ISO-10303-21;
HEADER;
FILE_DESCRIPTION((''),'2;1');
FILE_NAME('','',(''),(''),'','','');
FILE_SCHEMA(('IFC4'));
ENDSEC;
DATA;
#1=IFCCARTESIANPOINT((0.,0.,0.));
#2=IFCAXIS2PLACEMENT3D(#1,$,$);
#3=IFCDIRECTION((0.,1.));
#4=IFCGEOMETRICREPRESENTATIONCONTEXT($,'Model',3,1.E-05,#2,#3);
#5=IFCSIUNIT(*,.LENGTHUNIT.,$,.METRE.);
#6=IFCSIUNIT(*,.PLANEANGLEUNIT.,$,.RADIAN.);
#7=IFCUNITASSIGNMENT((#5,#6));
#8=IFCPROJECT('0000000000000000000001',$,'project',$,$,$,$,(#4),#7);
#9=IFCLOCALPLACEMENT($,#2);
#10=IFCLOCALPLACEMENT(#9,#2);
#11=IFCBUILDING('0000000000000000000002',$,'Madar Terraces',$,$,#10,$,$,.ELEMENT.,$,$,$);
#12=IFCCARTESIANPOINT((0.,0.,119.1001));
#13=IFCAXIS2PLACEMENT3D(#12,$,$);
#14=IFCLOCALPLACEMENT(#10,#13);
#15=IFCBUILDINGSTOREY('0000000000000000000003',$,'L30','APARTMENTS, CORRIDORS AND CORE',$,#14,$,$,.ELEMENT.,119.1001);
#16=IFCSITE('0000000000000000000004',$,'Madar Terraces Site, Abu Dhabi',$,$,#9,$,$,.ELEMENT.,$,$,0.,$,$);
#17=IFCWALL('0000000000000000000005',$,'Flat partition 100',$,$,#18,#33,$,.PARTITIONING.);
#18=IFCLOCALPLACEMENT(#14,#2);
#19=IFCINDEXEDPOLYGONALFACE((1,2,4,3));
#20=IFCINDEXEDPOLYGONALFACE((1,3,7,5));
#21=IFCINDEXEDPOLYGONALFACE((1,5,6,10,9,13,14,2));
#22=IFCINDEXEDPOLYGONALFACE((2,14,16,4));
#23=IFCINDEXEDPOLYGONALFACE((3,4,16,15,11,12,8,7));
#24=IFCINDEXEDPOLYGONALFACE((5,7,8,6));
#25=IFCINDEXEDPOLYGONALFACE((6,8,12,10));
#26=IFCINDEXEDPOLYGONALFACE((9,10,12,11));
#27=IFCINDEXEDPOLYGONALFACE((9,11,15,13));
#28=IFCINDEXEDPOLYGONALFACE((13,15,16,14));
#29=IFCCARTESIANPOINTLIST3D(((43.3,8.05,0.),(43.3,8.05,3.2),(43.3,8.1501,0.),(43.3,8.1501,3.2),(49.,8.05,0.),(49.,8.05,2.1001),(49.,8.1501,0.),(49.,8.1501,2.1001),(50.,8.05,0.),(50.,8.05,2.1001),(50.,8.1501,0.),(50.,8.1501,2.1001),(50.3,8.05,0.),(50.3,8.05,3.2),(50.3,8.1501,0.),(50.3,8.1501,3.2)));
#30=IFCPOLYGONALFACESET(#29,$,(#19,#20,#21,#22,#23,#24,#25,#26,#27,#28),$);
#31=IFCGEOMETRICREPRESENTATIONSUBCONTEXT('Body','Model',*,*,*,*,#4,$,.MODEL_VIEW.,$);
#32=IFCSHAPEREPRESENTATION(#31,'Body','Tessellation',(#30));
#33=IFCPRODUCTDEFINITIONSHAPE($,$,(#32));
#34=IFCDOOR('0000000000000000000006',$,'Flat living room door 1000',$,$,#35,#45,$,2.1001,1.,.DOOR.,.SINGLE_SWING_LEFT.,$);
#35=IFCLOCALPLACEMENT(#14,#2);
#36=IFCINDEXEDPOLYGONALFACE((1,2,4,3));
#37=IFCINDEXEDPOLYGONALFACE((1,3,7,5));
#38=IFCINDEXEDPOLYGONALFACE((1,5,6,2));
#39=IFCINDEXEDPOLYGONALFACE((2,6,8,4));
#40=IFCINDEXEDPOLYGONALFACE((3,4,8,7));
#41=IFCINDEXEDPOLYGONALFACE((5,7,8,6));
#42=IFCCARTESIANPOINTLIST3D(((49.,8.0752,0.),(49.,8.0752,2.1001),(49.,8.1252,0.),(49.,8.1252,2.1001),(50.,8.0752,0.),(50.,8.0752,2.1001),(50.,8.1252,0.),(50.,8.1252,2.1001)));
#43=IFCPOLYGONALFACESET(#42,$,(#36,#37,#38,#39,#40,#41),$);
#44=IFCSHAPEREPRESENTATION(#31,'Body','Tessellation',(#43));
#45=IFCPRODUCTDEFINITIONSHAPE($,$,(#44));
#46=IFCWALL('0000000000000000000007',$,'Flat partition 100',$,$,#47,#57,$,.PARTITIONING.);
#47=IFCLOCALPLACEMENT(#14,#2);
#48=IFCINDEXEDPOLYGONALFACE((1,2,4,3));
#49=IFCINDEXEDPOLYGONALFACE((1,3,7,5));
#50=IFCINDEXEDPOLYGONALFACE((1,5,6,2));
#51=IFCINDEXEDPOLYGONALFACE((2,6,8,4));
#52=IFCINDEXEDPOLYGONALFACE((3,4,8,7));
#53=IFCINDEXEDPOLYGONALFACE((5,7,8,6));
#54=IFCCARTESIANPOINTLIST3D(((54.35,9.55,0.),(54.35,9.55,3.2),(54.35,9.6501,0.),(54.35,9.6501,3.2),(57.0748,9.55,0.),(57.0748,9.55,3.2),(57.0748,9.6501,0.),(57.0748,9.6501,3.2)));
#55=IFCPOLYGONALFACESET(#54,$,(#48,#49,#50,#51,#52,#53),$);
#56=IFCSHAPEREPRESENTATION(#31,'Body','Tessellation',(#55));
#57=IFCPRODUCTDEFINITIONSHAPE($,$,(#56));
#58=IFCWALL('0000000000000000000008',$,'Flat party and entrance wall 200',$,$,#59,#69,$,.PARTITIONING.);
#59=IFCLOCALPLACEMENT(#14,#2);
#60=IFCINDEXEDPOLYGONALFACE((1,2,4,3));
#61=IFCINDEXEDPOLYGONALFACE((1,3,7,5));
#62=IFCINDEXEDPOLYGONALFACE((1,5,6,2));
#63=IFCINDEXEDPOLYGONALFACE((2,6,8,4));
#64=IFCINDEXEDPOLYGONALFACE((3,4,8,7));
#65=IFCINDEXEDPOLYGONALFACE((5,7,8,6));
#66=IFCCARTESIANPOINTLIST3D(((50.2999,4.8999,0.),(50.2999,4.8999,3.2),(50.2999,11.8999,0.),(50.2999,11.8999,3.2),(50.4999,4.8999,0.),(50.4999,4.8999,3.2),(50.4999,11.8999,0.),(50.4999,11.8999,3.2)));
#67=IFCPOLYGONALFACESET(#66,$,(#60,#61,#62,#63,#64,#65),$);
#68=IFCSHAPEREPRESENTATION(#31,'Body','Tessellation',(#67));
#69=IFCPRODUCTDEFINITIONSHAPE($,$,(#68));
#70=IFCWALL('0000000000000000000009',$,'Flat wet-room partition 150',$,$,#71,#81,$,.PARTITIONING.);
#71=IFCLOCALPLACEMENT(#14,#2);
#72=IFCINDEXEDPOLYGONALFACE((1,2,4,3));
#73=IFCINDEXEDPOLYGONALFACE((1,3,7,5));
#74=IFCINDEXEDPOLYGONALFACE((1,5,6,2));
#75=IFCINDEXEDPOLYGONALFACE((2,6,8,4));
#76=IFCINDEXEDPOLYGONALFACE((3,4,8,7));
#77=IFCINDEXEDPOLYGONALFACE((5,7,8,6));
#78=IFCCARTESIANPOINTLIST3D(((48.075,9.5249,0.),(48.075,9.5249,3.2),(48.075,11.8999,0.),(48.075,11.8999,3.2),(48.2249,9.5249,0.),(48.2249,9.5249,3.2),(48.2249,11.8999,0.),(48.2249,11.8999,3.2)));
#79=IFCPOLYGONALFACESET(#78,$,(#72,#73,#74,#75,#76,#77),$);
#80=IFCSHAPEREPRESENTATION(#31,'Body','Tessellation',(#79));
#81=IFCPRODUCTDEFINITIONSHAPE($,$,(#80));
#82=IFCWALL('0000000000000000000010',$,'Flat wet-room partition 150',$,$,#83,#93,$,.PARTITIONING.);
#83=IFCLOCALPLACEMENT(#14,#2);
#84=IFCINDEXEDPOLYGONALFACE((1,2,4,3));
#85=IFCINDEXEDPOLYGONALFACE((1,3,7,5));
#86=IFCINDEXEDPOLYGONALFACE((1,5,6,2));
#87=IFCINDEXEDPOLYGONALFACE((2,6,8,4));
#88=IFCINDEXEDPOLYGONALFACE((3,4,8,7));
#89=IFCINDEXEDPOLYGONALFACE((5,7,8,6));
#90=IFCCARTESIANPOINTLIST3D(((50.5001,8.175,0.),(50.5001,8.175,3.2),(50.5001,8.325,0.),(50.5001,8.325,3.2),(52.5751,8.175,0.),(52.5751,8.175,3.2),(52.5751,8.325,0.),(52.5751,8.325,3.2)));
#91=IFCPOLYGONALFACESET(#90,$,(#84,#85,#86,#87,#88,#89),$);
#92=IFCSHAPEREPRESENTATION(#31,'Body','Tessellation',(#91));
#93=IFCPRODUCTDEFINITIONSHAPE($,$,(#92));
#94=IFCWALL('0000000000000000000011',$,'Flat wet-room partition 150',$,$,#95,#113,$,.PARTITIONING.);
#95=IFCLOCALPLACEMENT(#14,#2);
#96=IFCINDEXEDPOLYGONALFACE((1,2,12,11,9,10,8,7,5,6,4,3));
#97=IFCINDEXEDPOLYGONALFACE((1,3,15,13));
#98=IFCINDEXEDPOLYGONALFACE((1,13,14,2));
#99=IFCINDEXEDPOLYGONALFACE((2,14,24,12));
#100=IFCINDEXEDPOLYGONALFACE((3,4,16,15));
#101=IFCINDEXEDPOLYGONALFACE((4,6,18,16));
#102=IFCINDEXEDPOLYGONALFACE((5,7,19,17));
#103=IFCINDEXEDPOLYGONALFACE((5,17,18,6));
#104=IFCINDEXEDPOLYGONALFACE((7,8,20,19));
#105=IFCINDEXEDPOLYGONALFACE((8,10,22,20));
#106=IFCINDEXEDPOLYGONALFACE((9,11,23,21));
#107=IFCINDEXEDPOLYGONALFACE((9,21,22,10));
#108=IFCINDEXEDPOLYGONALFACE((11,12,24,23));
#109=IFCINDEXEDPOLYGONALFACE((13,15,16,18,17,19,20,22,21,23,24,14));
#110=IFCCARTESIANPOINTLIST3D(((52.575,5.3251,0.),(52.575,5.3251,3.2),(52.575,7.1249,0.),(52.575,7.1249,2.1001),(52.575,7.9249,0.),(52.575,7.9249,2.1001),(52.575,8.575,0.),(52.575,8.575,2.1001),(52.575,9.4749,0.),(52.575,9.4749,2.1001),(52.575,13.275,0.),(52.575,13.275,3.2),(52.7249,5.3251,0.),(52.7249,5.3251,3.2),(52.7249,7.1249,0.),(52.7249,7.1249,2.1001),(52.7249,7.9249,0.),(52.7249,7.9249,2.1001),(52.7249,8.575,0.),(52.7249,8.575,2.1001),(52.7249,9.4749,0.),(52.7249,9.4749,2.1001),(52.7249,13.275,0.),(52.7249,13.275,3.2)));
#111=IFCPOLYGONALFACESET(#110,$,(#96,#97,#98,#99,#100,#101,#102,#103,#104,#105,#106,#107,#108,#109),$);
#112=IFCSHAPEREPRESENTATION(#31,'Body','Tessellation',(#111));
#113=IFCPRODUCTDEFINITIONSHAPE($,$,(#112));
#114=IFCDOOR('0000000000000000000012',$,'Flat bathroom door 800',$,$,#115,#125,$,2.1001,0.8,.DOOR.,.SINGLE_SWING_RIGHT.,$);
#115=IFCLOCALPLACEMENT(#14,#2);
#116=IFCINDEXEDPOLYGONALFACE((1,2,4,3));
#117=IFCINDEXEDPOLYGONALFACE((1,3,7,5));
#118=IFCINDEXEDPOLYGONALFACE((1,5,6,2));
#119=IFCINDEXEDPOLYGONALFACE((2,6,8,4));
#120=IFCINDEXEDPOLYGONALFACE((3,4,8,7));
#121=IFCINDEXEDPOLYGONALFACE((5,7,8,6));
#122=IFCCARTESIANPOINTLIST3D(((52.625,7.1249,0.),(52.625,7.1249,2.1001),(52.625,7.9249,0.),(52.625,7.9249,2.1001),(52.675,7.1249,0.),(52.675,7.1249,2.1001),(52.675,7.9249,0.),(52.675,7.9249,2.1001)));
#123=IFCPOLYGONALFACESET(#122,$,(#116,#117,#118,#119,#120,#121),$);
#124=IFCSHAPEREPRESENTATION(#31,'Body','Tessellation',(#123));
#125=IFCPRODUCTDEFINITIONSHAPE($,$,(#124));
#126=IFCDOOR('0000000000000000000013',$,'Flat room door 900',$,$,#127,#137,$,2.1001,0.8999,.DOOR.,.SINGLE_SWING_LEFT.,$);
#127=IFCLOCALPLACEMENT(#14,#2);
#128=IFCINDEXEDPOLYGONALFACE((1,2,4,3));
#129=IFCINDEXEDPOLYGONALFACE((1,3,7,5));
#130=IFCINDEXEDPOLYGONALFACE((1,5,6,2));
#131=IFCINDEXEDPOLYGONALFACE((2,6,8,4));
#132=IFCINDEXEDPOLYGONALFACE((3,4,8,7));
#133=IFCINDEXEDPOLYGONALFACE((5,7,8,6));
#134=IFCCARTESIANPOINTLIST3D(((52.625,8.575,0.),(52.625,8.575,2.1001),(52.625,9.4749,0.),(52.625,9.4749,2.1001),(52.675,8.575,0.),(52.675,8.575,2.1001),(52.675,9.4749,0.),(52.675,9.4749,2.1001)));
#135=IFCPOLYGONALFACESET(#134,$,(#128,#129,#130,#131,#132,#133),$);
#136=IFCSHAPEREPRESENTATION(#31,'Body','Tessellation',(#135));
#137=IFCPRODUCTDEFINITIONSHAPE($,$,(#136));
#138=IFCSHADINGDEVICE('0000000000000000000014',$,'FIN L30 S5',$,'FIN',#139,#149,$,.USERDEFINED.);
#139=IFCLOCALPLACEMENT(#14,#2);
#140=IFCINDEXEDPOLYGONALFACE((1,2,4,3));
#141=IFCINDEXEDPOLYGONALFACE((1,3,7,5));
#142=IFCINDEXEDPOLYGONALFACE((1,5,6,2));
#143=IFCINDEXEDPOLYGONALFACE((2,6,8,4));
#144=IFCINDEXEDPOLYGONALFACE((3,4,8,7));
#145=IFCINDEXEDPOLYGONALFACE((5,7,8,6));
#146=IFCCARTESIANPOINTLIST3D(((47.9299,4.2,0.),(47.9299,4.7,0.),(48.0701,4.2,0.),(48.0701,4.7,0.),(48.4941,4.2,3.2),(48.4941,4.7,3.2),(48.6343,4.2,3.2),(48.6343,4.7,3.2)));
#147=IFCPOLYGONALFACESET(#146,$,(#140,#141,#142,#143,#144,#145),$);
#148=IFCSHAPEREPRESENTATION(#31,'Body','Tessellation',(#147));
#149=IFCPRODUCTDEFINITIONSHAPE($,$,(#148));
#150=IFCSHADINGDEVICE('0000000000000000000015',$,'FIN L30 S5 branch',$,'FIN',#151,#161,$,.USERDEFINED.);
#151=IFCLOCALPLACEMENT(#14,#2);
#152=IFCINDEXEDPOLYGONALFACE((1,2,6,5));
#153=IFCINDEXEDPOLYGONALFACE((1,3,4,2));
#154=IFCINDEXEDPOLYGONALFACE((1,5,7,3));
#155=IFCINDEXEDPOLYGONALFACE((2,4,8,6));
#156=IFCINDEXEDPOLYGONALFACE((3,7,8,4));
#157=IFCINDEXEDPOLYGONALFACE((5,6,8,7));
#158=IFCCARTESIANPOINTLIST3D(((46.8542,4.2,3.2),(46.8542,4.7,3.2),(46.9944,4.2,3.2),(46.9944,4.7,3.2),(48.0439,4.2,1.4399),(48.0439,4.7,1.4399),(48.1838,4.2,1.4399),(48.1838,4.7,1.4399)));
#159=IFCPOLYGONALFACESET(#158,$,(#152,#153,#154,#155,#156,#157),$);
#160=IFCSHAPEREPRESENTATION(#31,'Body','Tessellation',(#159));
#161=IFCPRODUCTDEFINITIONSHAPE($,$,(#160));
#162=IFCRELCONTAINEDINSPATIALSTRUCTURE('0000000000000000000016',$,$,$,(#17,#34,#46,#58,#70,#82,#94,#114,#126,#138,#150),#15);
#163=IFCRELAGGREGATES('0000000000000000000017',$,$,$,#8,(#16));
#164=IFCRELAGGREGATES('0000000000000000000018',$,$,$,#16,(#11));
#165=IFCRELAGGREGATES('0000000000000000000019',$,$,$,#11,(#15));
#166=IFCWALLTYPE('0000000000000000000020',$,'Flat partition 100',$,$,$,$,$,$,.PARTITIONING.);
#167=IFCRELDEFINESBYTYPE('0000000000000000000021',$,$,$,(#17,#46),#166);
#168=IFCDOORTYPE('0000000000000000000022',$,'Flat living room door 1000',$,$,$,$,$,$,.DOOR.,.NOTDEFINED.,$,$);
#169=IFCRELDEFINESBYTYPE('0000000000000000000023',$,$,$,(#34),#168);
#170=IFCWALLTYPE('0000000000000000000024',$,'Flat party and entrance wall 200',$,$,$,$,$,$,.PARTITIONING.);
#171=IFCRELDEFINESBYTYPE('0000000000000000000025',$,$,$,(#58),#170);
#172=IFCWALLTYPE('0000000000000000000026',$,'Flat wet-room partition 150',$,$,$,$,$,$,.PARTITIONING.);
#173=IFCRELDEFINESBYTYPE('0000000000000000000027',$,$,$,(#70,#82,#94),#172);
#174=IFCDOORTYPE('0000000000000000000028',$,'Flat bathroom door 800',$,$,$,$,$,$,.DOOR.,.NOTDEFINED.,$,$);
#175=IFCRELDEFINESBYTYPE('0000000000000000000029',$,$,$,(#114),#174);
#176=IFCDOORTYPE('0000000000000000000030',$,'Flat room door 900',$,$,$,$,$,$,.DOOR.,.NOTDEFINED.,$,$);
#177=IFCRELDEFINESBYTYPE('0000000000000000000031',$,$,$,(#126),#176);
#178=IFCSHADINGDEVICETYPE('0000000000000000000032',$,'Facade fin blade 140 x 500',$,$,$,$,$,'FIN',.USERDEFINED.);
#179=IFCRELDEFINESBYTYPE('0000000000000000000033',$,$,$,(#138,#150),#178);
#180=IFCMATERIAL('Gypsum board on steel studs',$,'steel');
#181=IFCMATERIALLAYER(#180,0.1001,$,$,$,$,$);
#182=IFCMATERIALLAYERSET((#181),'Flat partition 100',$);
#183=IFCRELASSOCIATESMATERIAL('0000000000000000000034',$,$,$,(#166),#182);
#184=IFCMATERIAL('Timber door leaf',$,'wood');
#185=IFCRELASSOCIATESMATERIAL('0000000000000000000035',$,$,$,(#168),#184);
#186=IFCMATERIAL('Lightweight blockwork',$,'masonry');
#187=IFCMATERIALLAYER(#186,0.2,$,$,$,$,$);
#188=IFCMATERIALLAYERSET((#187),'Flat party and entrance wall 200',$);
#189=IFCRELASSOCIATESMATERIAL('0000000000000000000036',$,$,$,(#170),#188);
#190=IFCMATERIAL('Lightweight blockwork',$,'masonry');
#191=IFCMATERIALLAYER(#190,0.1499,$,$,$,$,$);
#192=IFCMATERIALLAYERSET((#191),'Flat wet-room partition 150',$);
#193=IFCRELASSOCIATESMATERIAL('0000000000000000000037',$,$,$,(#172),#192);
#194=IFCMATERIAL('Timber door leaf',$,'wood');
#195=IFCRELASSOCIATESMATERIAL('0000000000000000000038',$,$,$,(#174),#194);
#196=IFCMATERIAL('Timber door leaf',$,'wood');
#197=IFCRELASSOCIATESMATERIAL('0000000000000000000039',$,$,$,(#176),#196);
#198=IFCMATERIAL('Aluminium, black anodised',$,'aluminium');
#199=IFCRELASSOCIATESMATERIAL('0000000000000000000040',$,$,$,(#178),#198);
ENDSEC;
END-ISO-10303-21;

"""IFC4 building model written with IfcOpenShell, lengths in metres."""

from ifc_helpers import new_model, si_unit, direction, frame, frame_2d, origin, place, context, subcontext, project, spatial, polyline, rectangle, outline, extrude, material, layer, layer_set, type_object, element, fill, save


model = new_model("IFC4")

# Units and contexts
model_context = context("Model", 3, precision=1e-05, world=origin(), true_north=direction((0.0, 1.0)))
body_context = subcontext(model_context, "Body", "Model", "MODEL_VIEW")
ifc_project = project(units=[si_unit("LENGTHUNIT", "METRE"), si_unit("PLANEANGLEUNIT", "RADIAN")], contexts=[model_context])

# Site, building, storey
site_placement = place(None, origin())
site = spatial("IfcSite", under=ifc_project, at=site_placement, Name="Madar Terraces Site, Abu Dhabi", CompositionType="ELEMENT", RefElevation=0.0)
building_placement = place(site_placement, origin())
building = spatial("IfcBuilding", under=site, at=building_placement, Name="Madar Terraces", CompositionType="ELEMENT")
storey_placement = place(building_placement, frame((0.0, 0.0, 119.1001)))
storey = spatial("IfcBuildingStorey", under=building, at=storey_placement, Name="L30", Description="APARTMENTS, CORRIDORS AND CORE", CompositionType="ELEMENT", Elevation=119.1001)

# Wall, opening, door
ifc_material_1 = material(Name="Gypsum board on steel studs", Category="steel")
ifc_layer_1 = layer(ifc_material_1, 0.1001)
ifc_layer_set_1 = layer_set([ifc_layer_1], Name="Flat partition 100")
wall_type_1 = type_object("IfcWallType", Name="Flat partition 100", PredefinedType="PARTITIONING", material=ifc_layer_set_1)
wall_1_placement = place(storey_placement, frame((50.3, 8.1001, 0.0), z_axis=(0.0, 0.0, 1.0), x_axis=(-1.0, 0.0, 0.0)))
wall_1 = element("IfcWall", 1, at=wall_1_placement, inside=storey, type_object=wall_type_1, Name="Flat partition 100", PredefinedType="PARTITIONING", context=body_context, shape_type="SweptSolid", body=[
    extrude(rectangle(XDim=7.0, YDim=0.1001, at=frame_2d((3.5, 0.0))), origin(), (0.0, 0.0, 1.0), 3.2),
])
opening_1_placement = place(wall_1_placement, frame((0.3, 0.0, 0.0)))
opening_1 = element("IfcOpeningElement", 2, at=opening_1_placement, cuts=wall_1, PredefinedType="OPENING", context=body_context, shape_type="SweptSolid", body=[
    extrude(rectangle(XDim=1.0, YDim=2.1001, at=frame_2d((0.5, 1.05))), frame((0.0, 0.0601, 0.0), z_axis=(0.0, -1.0, 0.0), x_axis=(1.0, 0.0, 0.0)), (0.0, 0.0, 1.0), 0.1201),
])
ifc_material_2 = material(Name="Timber door leaf", Category="wood")
door_type_1 = type_object("IfcDoorType", Name="Flat living room door 1000", OperationType="NOTDEFINED", PredefinedType="DOOR", material=ifc_material_2)
door_1_placement = place(opening_1_placement, origin())
door_1 = element("IfcDoor", 3, at=door_1_placement, inside=storey, type_object=door_type_1, Name="Flat living room door 1000", OperationType="SINGLE_SWING_LEFT", OverallHeight=2.1001, OverallWidth=1.0, PredefinedType="DOOR", context=body_context, shape_type="SweptSolid", body=[
    extrude(rectangle(XDim=1.0, YDim=2.1001, at=frame_2d((0.5, 1.05))), frame((0.0, 0.0249, 0.0), z_axis=(0.0, -1.0, 0.0), x_axis=(1.0, 0.0, 0.0)), (0.0, 0.0, 1.0), 0.05),
])
fill(opening_1, door_1)

# Walls
wall_2_placement = place(storey_placement, frame((54.3501, 9.6001, 0.0), z_axis=(0.0, 0.0, 1.0), x_axis=(1.0, 0.0, 0.0)))
element("IfcWall", 4, at=wall_2_placement, inside=storey, type_object=wall_type_1, Name="Flat partition 100", PredefinedType="PARTITIONING", context=body_context, shape_type="SweptSolid", body=[
    extrude(rectangle(XDim=2.7249, YDim=0.1001, at=frame_2d((1.3623, 0.0))), origin(), (0.0, 0.0, 1.0), 3.2),
])
ifc_material_3 = material(Name="Lightweight blockwork", Category="masonry")
ifc_layer_2 = layer(ifc_material_3, 0.2)
ifc_layer_set_2 = layer_set([ifc_layer_2], Name="Flat party and entrance wall 200")
wall_type_2 = type_object("IfcWallType", Name="Flat party and entrance wall 200", PredefinedType="PARTITIONING", material=ifc_layer_set_2)
wall_3_placement = place(storey_placement, frame((50.3999, 11.8999, 0.0), z_axis=(0.0, 0.0, 1.0), x_axis=(0.0, -1.0, 0.0)))
element("IfcWall", 5, at=wall_3_placement, inside=storey, type_object=wall_type_2, Name="Flat party and entrance wall 200", PredefinedType="PARTITIONING", context=body_context, shape_type="SweptSolid", body=[
    extrude(rectangle(XDim=7.0, YDim=0.2, at=frame_2d((3.5, 0.0))), origin(), (0.0, 0.0, 1.0), 3.2),
])
ifc_material_4 = material(Name="Lightweight blockwork", Category="masonry")
ifc_layer_3 = layer(ifc_material_4, 0.1499)
ifc_layer_set_3 = layer_set([ifc_layer_3], Name="Flat wet-room partition 150")
wall_type_3 = type_object("IfcWallType", Name="Flat wet-room partition 150", PredefinedType="PARTITIONING", material=ifc_layer_set_3)
wall_4_placement = place(storey_placement, frame((48.1499, 11.8999, 0.0), z_axis=(0.0, 0.0, 1.0), x_axis=(0.0, -1.0, 0.0)))
element("IfcWall", 6, at=wall_4_placement, inside=storey, type_object=wall_type_3, Name="Flat wet-room partition 150", PredefinedType="PARTITIONING", context=body_context, shape_type="SweptSolid", body=[
    extrude(rectangle(XDim=2.375, YDim=0.1499, at=frame_2d((1.1875, 0.0))), origin(), (0.0, 0.0, 1.0), 3.2),
])
wall_5_placement = place(storey_placement, frame((50.5, 8.25, 0.0), z_axis=(0.0, 0.0, 1.0), x_axis=(1.0, 0.0, 0.0)))
element("IfcWall", 7, at=wall_5_placement, inside=storey, type_object=wall_type_3, Name="Flat wet-room partition 150", PredefinedType="PARTITIONING", context=body_context, shape_type="SweptSolid", body=[
    extrude(rectangle(XDim=2.075, YDim=0.1499, at=frame_2d((1.0376, 0.0))), origin(), (0.0, 0.0, 1.0), 3.2),
])

# Wall, openings, doors
wall_6_placement = place(storey_placement, frame((52.6499, 5.325, 0.0), z_axis=(0.0, 0.0, 1.0), x_axis=(0.0, 1.0, 0.0)))
wall_6 = element("IfcWall", 8, at=wall_6_placement, inside=storey, type_object=wall_type_3, Name="Flat wet-room partition 150", PredefinedType="PARTITIONING", context=body_context, shape_type="SweptSolid", body=[
    extrude(rectangle(XDim=7.95, YDim=0.1499, at=frame_2d((3.9751, 0.0))), origin(), (0.0, 0.0, 1.0), 3.2),
])
opening_2_placement = place(wall_6_placement, frame((3.25, 0.0, 0.0)))
opening_2 = element("IfcOpeningElement", 9, at=opening_2_placement, cuts=wall_6, PredefinedType="OPENING", context=body_context, shape_type="SweptSolid", body=[
    extrude(rectangle(XDim=0.8999, YDim=2.1001, at=frame_2d((0.45, 1.05))), frame((0.0, 0.085, 0.0), z_axis=(0.0, -1.0, 0.0), x_axis=(1.0, 0.0, 0.0)), (0.0, 0.0, 1.0), 0.1699),
])
opening_3_placement = place(wall_6_placement, frame((1.8, 0.0, 0.0)))
opening_3 = element("IfcOpeningElement", 10, at=opening_3_placement, cuts=wall_6, PredefinedType="OPENING", context=body_context, shape_type="SweptSolid", body=[
    extrude(rectangle(XDim=0.8, YDim=2.1001, at=frame_2d((0.3999, 1.05))), frame((0.0, 0.085, 0.0), z_axis=(0.0, -1.0, 0.0), x_axis=(1.0, 0.0, 0.0)), (0.0, 0.0, 1.0), 0.1699),
])
ifc_material_5 = material(Name="Timber door leaf", Category="wood")
door_type_2 = type_object("IfcDoorType", Name="Flat bathroom door 800", OperationType="NOTDEFINED", PredefinedType="DOOR", material=ifc_material_5)
door_2_placement = place(opening_3_placement, origin())
door_2 = element("IfcDoor", 11, at=door_2_placement, inside=storey, type_object=door_type_2, Name="Flat bathroom door 800", OperationType="SINGLE_SWING_RIGHT", OverallHeight=2.1001, OverallWidth=0.8, PredefinedType="DOOR", context=body_context, shape_type="SweptSolid", body=[
    extrude(rectangle(XDim=0.8, YDim=2.1001, at=frame_2d((0.3999, 1.05))), frame((0.0, 0.0249, 0.0), z_axis=(0.0, -1.0, 0.0), x_axis=(1.0, 0.0, 0.0)), (0.0, 0.0, 1.0), 0.05),
])
fill(opening_3, door_2)
ifc_material_6 = material(Name="Timber door leaf", Category="wood")
door_type_3 = type_object("IfcDoorType", Name="Flat room door 900", OperationType="NOTDEFINED", PredefinedType="DOOR", material=ifc_material_6)
door_3_placement = place(opening_2_placement, origin())
door_3 = element("IfcDoor", 12, at=door_3_placement, inside=storey, type_object=door_type_3, Name="Flat room door 900", OperationType="SINGLE_SWING_LEFT", OverallHeight=2.1001, OverallWidth=0.8999, PredefinedType="DOOR", context=body_context, shape_type="SweptSolid", body=[
    extrude(rectangle(XDim=0.8999, YDim=2.1001, at=frame_2d((0.45, 1.05))), frame((0.0, 0.0249, 0.0), z_axis=(0.0, -1.0, 0.0), x_axis=(1.0, 0.0, 0.0)), (0.0, 0.0, 1.0), 0.05),
])
fill(opening_2, door_3)

# Shading devices
ifc_material_7 = material(Name="Aluminium, black anodised", Category="aluminium")
shading_device_type = type_object("IfcShadingDeviceType", Name="Facade fin blade 140 x 500", ElementType="FIN", PredefinedType="USERDEFINED", material=ifc_material_7)
shading_device_1_placement = place(storey_placement, frame((47.9299, 4.45, 0.0), z_axis=(0.0, 0.0, 1.0), x_axis=(1.0, 0.0, 0.0)))
element("IfcShadingDevice", 13, at=shading_device_1_placement, inside=storey, type_object=shading_device_type, Name="FIN L30 S5", ObjectType="FIN", PredefinedType="USERDEFINED", context=body_context, shape_type="SweptSolid", body=[
    extrude(outline(polyline([(0.0, 0.0), (0.1401, 0.0), (0.7043, 3.2), (0.5642, 3.2), (0.0, 0.0)])), frame((0.0, 0.25, 0.0), z_axis=(0.0, -1.0, 0.0), x_axis=(1.0, 0.0, 0.0)), (0.0, 0.0, 1.0), 0.5),
])
shading_device_2_placement = place(storey_placement, frame((48.0439, 4.45, 1.4399), z_axis=(0.0, 0.0, 1.0), x_axis=(1.0, 0.0, 0.0)))
element("IfcShadingDevice", 14, at=shading_device_2_placement, inside=storey, type_object=shading_device_type, Name="FIN L30 S5 branch", ObjectType="FIN", PredefinedType="USERDEFINED", context=body_context, shape_type="SweptSolid", body=[
    extrude(outline(polyline([(0.0, 0.0), (0.1399, 0.0), (-1.0496, 1.76), (-1.1897, 1.76), (0.0, 0.0)])), frame((0.0, 0.25, 0.0), z_axis=(0.0, -1.0, 0.0), x_axis=(1.0, 0.0, 0.0)), (0.0, 0.0, 1.0), 0.5),
])

save(model, "model.ifc")
